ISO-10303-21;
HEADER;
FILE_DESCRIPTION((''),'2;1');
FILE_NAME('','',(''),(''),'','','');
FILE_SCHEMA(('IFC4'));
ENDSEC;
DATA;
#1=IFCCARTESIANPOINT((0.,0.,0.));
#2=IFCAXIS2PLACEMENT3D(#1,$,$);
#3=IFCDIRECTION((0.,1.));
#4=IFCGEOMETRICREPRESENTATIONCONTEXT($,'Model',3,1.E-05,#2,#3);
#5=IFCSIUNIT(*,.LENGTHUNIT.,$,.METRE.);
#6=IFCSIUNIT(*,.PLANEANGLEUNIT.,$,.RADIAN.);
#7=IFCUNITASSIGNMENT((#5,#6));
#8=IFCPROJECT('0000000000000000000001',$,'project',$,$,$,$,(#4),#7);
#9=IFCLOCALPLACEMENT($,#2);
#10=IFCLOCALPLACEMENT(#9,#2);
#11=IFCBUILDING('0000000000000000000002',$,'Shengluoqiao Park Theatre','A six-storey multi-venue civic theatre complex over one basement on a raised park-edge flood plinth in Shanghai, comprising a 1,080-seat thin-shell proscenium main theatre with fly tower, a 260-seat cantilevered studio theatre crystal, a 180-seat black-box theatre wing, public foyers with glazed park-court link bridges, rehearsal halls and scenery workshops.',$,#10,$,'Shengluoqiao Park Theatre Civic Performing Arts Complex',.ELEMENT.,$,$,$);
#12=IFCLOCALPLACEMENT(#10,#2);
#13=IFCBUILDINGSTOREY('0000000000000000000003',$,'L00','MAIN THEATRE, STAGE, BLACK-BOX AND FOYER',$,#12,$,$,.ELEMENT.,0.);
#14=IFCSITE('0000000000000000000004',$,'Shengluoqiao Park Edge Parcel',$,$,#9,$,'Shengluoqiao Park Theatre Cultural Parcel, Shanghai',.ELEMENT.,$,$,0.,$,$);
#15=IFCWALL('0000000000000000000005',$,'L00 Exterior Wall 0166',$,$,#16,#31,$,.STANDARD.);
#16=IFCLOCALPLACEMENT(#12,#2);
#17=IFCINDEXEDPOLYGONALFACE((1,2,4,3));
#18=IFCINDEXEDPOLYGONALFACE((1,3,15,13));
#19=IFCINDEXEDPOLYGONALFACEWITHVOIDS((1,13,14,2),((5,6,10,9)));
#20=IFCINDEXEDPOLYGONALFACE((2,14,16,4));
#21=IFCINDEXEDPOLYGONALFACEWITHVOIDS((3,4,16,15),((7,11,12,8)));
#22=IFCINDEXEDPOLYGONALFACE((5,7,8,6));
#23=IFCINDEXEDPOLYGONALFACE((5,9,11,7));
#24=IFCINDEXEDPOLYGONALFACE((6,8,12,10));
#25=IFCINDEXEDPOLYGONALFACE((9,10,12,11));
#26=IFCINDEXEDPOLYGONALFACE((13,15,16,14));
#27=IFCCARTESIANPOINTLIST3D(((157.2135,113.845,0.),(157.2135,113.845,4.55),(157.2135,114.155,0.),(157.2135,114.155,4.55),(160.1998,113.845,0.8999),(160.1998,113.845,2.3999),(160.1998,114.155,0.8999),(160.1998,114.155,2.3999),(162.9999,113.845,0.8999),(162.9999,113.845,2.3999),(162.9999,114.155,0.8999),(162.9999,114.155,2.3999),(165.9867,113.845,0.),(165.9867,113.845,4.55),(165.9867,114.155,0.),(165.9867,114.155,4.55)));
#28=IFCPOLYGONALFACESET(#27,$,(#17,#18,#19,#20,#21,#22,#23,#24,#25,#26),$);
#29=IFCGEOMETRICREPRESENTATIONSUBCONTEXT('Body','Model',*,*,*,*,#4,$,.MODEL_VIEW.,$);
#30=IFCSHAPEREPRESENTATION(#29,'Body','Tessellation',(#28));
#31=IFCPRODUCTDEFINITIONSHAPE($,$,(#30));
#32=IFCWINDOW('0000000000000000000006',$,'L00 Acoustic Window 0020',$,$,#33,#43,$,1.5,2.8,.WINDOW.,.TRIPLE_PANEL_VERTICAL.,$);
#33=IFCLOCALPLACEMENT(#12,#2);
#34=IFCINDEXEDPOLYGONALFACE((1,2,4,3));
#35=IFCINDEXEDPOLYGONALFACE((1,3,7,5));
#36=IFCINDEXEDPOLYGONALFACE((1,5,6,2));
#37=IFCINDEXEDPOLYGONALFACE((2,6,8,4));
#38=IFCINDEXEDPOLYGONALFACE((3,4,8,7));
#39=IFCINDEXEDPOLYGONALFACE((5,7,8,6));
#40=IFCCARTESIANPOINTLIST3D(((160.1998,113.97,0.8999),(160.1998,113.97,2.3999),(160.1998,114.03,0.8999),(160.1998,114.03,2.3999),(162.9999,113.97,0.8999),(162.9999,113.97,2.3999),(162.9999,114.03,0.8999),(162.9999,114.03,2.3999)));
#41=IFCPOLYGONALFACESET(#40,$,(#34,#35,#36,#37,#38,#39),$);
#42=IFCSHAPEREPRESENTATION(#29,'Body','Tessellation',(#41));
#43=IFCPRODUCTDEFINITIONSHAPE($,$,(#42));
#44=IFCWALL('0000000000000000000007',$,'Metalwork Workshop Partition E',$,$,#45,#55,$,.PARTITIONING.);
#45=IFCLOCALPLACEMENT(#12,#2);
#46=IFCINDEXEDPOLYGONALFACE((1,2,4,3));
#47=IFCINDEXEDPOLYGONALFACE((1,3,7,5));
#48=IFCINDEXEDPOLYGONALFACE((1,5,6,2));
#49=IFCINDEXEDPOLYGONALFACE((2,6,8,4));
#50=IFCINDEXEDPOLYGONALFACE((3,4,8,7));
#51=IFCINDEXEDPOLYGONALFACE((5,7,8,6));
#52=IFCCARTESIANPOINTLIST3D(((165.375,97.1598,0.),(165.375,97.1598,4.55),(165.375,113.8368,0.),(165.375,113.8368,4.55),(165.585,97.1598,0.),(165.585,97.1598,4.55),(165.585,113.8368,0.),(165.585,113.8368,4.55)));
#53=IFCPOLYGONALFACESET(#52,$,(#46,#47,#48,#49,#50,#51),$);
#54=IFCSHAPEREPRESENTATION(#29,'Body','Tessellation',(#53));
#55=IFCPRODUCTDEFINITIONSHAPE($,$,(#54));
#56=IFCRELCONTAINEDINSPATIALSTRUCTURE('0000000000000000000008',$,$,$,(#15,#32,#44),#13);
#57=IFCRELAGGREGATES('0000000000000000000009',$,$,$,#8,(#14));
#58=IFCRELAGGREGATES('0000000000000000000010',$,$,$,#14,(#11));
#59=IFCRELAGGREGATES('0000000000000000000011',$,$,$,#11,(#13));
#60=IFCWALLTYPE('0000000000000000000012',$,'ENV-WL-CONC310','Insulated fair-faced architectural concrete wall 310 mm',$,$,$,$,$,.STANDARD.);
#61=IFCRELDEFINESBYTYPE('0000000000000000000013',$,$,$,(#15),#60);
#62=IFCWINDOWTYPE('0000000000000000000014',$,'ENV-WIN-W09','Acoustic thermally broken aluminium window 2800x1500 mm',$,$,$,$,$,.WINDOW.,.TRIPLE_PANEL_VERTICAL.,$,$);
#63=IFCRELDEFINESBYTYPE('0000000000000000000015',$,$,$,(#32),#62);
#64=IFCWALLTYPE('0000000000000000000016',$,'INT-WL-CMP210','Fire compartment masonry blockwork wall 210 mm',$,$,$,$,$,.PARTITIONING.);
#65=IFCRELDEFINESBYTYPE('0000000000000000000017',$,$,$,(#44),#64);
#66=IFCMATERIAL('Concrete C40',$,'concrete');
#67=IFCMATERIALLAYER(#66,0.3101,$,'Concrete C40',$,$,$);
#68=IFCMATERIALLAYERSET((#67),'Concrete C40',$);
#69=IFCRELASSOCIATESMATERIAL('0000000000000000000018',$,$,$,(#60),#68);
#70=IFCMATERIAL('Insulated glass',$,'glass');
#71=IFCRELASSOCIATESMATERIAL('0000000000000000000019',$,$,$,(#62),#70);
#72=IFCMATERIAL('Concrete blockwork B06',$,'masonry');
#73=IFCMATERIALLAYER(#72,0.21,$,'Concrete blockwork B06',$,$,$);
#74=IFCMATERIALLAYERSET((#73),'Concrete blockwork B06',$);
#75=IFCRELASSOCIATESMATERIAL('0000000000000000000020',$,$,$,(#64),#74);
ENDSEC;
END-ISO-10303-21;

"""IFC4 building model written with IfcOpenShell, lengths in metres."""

from ifc_helpers import new_model, si_unit, direction, frame, frame_2d, origin, place, context, subcontext, project, spatial, rectangle, extrude, material, layer, layer_set, type_object, element, fill, save


model = new_model("IFC4")

# Units and contexts
model_context = context("Model", 3, precision=1e-05, world=origin(), true_north=direction((0.0, 1.0)))
body_context = subcontext(model_context, "Body", "Model", "MODEL_VIEW")
ifc_project = project(units=[si_unit("LENGTHUNIT", "METRE"), si_unit("PLANEANGLEUNIT", "RADIAN")], contexts=[model_context])

# Site, building, storey
site_placement = place(None, origin())
site = spatial("IfcSite", under=ifc_project, at=site_placement, Name="Shengluoqiao Park Edge Parcel", LongName="Shengluoqiao Park Theatre Cultural Parcel, Shanghai", CompositionType="ELEMENT", RefElevation=0.0)
building_placement = place(site_placement, origin())
building = spatial("IfcBuilding", under=site, at=building_placement, Name="Shengluoqiao Park Theatre", Description="A six-storey multi-venue civic theatre complex over one basement on a raised park-edge flood plinth in Shanghai, comprising a 1,080-seat thin-shell proscenium main theatre with fly tower, a 260-seat cantilevered studio theatre crystal, a 180-seat black-box theatre wing, public foyers with glazed park-court link bridges, rehearsal halls and scenery workshops.", LongName="Shengluoqiao Park Theatre Civic Performing Arts Complex", CompositionType="ELEMENT")
storey_placement = place(building_placement, origin())
storey = spatial("IfcBuildingStorey", under=building, at=storey_placement, Name="L00", Description="MAIN THEATRE, STAGE, BLACK-BOX AND FOYER", CompositionType="ELEMENT", Elevation=0.0)

# Shared definitions
ifc_material_1 = material(Name="Concrete C40", Category="concrete")

# Shared definitions
ifc_material_2 = material(Name="Insulated glass", Category="glass")

# Shared definitions
ifc_layer_1 = layer(ifc_material_1, 0.3101, Name="Concrete C40")
ifc_layer_set_1 = layer_set([ifc_layer_1], Name="Concrete C40")
wall_type_1 = type_object("IfcWallType", Name="ENV-WL-CONC310", Description="Insulated fair-faced architectural concrete wall 310 mm", PredefinedType="STANDARD", material=ifc_layer_set_1)

# Wall, opening, window
wall_1_placement = place(storey_placement, frame((157.2134, 114.0, 0.0), z_axis=(0.0, 0.0, 1.0), x_axis=(1.0, 0.0, 0.0)))
wall_1 = element("IfcWall", 1, at=wall_1_placement, inside=storey, type_object=wall_type_1, Name="L00 Exterior Wall 0166", PredefinedType="STANDARD", context=body_context, shape_type="SweptSolid", body=[
    extrude(rectangle(XDim=8.7732, YDim=0.3101, at=frame_2d((4.3867, 0.0))), origin(), (0.0, 0.0, 1.0), 4.55),
])
opening_1_placement = place(wall_1_placement, frame((2.9866, 0.0, 0.8999)))
opening_1 = element("IfcOpeningElement", 2, at=opening_1_placement, cuts=wall_1, PredefinedType="OPENING", context=body_context, shape_type="SweptSolid", body=[
    extrude(rectangle(XDim=2.8, YDim=1.5, at=frame_2d((1.3999, 0.75))), frame((0.0, 0.165, 0.0), z_axis=(0.0, -1.0, 0.0), x_axis=(1.0, 0.0, 0.0)), (0.0, 0.0, 1.0), 0.3301),
])
window_type_1 = type_object("IfcWindowType", Name="ENV-WIN-W09", Description="Acoustic thermally broken aluminium window 2800x1500 mm", PartitioningType="TRIPLE_PANEL_VERTICAL", PredefinedType="WINDOW", material=ifc_material_2)
window_1_placement = place(opening_1_placement, origin())
window_1 = element("IfcWindow", 3, at=window_1_placement, inside=storey, type_object=window_type_1, Name="L00 Acoustic Window 0020", OverallHeight=1.5, OverallWidth=2.8, PartitioningType="TRIPLE_PANEL_VERTICAL", PredefinedType="WINDOW", context=body_context, shape_type="SweptSolid", body=[
    extrude(rectangle(XDim=2.8, YDim=1.5, at=frame_2d((1.3999, 0.75))), frame((0.0, 0.03, 0.0), z_axis=(0.0, -1.0, 0.0), x_axis=(1.0, 0.0, 0.0)), (0.0, 0.0, 1.0), 0.0601),
])
fill(opening_1, window_1)

# Wall
ifc_material_3 = material(Name="Concrete blockwork B06", Category="masonry")
ifc_layer_2 = layer(ifc_material_3, 0.21, Name="Concrete blockwork B06")
ifc_layer_set_2 = layer_set([ifc_layer_2], Name="Concrete blockwork B06")
wall_type_2 = type_object("IfcWallType", Name="INT-WL-CMP210", Description="Fire compartment masonry blockwork wall 210 mm", PredefinedType="PARTITIONING", material=ifc_layer_set_2)
wall_2_placement = place(storey_placement, frame((165.48, 97.1599, 0.0), z_axis=(0.0, 0.0, 1.0), x_axis=(0.0, 1.0, 0.0)))
element("IfcWall", 4, at=wall_2_placement, inside=storey, type_object=wall_type_2, Name="Metalwork Workshop Partition E", PredefinedType="PARTITIONING", context=body_context, shape_type="SweptSolid", body=[
    extrude(rectangle(XDim=16.677, YDim=0.21, at=frame_2d((8.3384, 0.0))), origin(), (0.0, 0.0, 1.0), 4.55),
])

save(model, "model.ifc")
